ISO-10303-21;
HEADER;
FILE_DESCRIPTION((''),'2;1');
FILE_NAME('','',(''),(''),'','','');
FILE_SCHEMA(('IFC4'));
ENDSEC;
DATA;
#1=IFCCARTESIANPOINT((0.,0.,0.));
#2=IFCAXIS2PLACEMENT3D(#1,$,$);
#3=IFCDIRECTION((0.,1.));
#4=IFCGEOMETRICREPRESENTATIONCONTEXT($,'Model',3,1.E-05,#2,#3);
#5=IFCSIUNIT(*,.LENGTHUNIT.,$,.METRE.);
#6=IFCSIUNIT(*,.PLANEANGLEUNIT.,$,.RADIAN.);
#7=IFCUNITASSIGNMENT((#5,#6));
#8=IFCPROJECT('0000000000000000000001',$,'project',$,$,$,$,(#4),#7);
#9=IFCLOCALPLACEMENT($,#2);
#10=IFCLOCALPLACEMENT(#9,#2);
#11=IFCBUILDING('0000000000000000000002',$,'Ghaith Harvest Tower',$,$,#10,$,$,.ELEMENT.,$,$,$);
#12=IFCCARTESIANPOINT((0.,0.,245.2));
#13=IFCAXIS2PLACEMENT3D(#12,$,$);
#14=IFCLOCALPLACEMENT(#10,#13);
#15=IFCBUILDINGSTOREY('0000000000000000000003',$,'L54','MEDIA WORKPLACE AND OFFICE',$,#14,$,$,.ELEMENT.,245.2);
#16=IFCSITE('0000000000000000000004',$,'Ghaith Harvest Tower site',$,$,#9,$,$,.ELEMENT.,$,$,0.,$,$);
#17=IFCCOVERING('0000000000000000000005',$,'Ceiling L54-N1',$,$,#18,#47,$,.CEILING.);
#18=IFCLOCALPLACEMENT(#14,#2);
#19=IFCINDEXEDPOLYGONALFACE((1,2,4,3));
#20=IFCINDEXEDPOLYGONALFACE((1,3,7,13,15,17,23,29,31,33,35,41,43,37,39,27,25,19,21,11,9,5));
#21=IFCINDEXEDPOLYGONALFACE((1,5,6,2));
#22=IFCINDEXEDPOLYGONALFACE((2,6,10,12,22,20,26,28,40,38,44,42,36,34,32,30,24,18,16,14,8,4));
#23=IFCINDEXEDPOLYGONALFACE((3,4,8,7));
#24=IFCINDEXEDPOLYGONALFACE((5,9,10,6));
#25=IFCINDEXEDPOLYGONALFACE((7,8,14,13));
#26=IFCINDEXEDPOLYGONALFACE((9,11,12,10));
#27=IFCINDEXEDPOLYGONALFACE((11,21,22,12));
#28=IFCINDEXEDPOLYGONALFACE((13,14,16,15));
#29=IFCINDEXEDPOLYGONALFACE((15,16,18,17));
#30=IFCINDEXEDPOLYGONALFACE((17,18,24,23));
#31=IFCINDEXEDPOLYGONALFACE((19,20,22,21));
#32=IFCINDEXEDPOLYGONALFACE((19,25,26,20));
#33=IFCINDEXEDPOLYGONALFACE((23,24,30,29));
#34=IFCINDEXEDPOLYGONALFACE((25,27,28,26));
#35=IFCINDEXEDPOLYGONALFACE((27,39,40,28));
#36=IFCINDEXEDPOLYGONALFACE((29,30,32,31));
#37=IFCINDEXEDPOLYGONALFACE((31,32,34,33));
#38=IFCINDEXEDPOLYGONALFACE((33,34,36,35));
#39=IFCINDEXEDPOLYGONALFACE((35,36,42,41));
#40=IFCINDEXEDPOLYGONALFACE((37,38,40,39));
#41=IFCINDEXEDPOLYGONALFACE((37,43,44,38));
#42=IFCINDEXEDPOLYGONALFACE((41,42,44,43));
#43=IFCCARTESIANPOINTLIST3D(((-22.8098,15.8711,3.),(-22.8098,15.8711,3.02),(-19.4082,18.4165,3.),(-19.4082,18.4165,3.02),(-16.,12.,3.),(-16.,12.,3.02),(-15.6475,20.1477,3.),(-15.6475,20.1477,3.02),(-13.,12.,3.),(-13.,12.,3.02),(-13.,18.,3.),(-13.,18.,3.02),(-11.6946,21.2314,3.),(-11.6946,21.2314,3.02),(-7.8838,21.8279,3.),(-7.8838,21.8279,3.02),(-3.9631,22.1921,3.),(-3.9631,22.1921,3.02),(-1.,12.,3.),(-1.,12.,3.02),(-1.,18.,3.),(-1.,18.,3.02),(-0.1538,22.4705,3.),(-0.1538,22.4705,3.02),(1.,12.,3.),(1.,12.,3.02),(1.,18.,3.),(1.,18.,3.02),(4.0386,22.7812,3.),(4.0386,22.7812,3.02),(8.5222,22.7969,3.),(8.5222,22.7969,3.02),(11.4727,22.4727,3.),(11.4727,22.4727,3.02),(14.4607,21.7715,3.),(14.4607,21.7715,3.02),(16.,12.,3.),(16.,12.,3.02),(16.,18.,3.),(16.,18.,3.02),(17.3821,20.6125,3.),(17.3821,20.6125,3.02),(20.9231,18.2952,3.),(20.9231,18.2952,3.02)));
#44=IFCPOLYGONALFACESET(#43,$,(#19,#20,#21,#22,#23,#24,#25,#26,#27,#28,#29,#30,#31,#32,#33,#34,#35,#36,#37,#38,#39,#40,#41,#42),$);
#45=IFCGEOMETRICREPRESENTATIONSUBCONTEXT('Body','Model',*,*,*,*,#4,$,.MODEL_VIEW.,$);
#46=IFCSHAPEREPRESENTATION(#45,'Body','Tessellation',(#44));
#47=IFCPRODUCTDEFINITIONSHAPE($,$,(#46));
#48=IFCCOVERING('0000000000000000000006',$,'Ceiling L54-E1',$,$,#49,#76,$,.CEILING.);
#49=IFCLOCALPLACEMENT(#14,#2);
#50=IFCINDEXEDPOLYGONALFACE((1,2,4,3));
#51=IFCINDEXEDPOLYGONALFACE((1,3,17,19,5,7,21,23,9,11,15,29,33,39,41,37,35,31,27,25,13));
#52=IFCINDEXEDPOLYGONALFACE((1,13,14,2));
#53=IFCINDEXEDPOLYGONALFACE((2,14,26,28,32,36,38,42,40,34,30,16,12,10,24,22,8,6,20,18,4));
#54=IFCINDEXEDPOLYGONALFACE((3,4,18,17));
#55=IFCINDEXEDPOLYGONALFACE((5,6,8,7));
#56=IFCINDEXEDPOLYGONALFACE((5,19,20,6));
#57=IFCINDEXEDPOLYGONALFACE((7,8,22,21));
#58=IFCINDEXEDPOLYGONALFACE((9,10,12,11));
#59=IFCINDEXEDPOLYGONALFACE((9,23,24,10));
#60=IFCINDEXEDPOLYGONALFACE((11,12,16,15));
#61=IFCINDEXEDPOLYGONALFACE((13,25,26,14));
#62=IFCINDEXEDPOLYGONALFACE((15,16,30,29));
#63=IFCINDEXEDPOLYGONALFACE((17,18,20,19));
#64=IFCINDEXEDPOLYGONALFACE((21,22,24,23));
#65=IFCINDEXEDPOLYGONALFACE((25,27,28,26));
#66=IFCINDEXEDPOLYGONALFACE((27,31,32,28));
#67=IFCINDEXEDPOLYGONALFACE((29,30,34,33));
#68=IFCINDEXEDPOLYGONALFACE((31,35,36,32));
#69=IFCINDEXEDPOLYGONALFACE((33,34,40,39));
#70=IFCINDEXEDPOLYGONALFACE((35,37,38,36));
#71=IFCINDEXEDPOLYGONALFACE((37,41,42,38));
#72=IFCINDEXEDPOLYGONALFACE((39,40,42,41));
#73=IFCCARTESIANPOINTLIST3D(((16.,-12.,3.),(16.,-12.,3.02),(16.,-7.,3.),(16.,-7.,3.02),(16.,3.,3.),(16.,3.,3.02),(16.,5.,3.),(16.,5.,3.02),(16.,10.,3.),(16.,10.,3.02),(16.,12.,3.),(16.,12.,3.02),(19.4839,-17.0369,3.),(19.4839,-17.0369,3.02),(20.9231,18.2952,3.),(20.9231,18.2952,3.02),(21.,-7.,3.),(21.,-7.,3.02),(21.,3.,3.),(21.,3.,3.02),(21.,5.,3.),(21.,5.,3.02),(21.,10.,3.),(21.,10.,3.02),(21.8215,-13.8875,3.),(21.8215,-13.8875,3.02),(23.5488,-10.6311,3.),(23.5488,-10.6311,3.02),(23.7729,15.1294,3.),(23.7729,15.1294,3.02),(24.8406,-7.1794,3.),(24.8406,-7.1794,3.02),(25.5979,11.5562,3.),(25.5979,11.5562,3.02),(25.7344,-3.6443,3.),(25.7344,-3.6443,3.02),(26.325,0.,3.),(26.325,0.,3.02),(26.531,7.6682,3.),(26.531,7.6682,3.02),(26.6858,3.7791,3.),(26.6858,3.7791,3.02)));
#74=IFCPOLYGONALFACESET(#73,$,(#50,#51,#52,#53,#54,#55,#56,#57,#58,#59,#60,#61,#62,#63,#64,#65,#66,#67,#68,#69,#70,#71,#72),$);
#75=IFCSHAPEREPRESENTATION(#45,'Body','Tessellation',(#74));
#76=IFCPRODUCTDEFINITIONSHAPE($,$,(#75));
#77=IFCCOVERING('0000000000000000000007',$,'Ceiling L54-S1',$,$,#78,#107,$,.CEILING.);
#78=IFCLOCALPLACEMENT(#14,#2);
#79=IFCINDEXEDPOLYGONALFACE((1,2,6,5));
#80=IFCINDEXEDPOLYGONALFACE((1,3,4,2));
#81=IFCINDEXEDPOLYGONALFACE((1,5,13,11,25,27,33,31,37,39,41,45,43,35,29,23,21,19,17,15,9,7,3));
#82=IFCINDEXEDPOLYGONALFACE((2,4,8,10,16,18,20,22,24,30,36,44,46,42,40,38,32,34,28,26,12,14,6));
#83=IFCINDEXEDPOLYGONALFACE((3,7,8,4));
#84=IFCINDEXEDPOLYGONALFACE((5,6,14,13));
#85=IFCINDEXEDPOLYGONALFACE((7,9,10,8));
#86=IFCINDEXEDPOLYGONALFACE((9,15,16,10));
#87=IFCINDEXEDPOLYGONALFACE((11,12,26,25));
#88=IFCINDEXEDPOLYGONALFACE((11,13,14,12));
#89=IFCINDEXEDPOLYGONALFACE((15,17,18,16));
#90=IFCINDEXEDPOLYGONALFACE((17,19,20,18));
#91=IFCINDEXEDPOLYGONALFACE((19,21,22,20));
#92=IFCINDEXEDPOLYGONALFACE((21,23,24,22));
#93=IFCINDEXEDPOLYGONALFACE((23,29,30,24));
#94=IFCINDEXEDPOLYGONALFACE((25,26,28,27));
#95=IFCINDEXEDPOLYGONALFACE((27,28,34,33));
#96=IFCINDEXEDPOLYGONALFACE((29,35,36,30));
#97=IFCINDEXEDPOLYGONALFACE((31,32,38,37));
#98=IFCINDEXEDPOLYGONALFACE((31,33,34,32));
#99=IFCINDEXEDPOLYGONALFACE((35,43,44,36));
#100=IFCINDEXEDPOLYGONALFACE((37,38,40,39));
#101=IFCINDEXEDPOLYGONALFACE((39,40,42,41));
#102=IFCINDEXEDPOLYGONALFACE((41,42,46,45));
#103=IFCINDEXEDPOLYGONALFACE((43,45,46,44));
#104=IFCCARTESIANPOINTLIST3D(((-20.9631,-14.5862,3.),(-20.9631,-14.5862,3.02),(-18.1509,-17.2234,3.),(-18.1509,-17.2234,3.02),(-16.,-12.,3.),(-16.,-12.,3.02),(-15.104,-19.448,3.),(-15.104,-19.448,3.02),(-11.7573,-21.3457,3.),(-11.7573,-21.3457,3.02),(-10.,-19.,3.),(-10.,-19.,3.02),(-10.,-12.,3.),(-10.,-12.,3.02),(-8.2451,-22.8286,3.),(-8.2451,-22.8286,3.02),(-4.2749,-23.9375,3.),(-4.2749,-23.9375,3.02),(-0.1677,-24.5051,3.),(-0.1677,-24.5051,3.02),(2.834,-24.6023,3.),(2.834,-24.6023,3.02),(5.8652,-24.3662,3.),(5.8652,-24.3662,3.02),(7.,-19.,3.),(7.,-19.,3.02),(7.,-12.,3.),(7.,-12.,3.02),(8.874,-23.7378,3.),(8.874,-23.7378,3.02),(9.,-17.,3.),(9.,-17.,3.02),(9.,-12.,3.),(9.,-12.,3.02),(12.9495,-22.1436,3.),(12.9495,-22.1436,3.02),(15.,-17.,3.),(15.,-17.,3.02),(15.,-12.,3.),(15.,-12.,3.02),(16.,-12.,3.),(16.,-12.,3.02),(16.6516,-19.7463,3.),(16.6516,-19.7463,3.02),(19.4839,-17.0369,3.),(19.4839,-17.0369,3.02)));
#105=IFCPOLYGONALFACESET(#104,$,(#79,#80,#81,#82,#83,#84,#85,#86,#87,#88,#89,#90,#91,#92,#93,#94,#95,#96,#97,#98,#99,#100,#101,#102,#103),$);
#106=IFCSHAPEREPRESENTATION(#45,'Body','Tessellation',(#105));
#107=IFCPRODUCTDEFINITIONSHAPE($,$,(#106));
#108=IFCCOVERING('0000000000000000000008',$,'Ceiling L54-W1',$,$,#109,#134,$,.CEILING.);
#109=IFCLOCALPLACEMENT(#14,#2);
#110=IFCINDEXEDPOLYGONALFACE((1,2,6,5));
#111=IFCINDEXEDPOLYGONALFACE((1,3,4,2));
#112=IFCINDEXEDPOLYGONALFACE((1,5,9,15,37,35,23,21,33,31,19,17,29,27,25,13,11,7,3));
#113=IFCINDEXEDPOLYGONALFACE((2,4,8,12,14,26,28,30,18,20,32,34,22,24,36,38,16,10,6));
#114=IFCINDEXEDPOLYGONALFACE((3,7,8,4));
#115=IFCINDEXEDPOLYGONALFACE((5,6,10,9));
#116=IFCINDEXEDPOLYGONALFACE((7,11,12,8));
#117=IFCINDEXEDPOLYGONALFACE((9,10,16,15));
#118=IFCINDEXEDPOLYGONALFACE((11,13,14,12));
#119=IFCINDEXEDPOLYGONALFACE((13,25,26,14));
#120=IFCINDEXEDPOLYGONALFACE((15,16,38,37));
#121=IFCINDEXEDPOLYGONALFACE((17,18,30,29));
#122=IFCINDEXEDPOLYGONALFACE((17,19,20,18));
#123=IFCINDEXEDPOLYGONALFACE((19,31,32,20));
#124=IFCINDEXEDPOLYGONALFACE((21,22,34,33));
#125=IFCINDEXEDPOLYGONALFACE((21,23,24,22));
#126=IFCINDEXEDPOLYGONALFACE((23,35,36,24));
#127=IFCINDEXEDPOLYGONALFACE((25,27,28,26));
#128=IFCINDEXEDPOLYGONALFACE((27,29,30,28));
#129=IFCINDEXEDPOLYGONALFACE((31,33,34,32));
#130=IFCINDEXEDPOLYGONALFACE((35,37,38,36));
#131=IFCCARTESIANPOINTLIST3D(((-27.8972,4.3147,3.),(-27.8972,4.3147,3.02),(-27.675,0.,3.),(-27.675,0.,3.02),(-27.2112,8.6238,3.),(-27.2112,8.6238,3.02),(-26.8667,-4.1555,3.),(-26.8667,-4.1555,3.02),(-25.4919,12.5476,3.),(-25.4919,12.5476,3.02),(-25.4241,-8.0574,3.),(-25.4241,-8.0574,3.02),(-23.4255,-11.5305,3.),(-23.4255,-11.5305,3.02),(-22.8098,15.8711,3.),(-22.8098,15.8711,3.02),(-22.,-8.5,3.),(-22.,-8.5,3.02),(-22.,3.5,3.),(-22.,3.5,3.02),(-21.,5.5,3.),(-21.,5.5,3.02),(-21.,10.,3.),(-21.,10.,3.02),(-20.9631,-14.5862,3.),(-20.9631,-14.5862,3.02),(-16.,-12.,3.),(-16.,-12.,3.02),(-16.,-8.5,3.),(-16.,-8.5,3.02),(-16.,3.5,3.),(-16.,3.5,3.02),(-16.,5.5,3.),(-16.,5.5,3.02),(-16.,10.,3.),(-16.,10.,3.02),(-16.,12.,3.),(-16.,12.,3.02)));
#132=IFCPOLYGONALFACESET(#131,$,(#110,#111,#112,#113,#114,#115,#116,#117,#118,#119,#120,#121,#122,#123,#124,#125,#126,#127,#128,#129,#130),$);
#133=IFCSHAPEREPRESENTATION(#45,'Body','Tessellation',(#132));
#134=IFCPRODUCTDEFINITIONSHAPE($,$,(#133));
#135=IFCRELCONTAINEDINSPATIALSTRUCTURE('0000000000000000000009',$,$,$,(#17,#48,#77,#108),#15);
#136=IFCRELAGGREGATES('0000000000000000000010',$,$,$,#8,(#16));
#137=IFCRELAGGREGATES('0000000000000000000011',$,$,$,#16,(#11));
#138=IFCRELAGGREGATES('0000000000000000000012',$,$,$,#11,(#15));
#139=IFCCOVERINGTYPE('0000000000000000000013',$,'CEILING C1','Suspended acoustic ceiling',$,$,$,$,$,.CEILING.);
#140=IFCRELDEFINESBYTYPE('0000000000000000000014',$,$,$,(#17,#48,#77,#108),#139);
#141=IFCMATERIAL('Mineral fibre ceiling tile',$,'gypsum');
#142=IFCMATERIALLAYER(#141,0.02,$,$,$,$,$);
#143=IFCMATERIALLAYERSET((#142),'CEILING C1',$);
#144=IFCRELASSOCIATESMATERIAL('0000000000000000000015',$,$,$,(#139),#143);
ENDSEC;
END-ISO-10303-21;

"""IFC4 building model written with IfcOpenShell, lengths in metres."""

from ifc_helpers import new_model, si_unit, direction, frame, origin, place, context, subcontext, project, spatial, polyline, outline, extrude, material, layer, layer_set, type_object, element, save


model = new_model("IFC4")

# Units and contexts
model_context = context("Model", 3, precision=1e-05, world=origin(), true_north=direction((0.0, 1.0)))
body_context = subcontext(model_context, "Body", "Model", "MODEL_VIEW")
ifc_project = project(units=[si_unit("LENGTHUNIT", "METRE"), si_unit("PLANEANGLEUNIT", "RADIAN")], contexts=[model_context])

# Site, building, storey
site_placement = place(None, origin())
site = spatial("IfcSite", under=ifc_project, at=site_placement, Name="Ghaith Harvest Tower site", CompositionType="ELEMENT", RefElevation=0.0)
building_placement = place(site_placement, origin())
building = spatial("IfcBuilding", under=site, at=building_placement, Name="Ghaith Harvest Tower", CompositionType="ELEMENT")
storey_placement = place(building_placement, frame((0.0, 0.0, 245.2)))
storey = spatial("IfcBuildingStorey", under=building, at=storey_placement, Name="L54", Description="MEDIA WORKPLACE AND OFFICE", CompositionType="ELEMENT", Elevation=245.2)

# Coverings
ifc_material_1 = material(Name="Mineral fibre ceiling tile", Category="gypsum")
ifc_layer_1 = layer(ifc_material_1, 0.02)
ifc_layer_set_1 = layer_set([ifc_layer_1], Name="CEILING C1")
covering_type = type_object("IfcCoveringType", Name="CEILING C1", Description="Suspended acoustic ceiling", PredefinedType="CEILING", material=ifc_layer_set_1)
covering_1_placement = place(storey_placement, frame((0.0, 0.0, 3.0)))
element("IfcCovering", 1, at=covering_1_placement, inside=storey, type_object=covering_type, Name="Ceiling L54-N1", PredefinedType="CEILING", context=body_context, shape_type="SweptSolid", body=[
    extrude(outline(polyline([(-19.4082, 18.4165), (-15.6475, 20.1477), (-11.6946, 21.2314), (-7.8838, 21.8279), (-3.9631, 22.1921), (-0.1538, 22.4705), (4.0386, 22.7812), (8.5222, 22.7969), (11.4727, 22.4727), (14.4607, 21.7715), (17.3821, 20.6125), (20.9231, 18.2952), (16.0, 12.0), (16.0, 18.0), (1.0, 18.0), (1.0, 12.0), (-1.0, 12.0), (-1.0, 18.0), (-13.0, 18.0), (-13.0, 12.0), (-16.0, 12.0), (-22.8098, 15.8711), (-19.4082, 18.4165)])), origin(), (0.0, 0.0, 1.0), 0.02),
])
covering_2_placement = place(storey_placement, frame((0.0, 0.0, 3.0)))
element("IfcCovering", 2, at=covering_2_placement, inside=storey, type_object=covering_type, Name="Ceiling L54-E1", PredefinedType="CEILING", context=body_context, shape_type="SweptSolid", body=[
    extrude(outline(polyline([(23.7729, 15.1294), (25.5979, 11.5562), (26.531, 7.6682), (26.6858, 3.7791), (26.325, 0.0), (25.7344, -3.6443), (24.8406, -7.1794), (23.5488, -10.6311), (21.8215, -13.8875), (19.4839, -17.0369), (16.0, -12.0), (16.0, -7.0), (21.0, -7.0), (21.0, 3.0), (16.0, 3.0), (16.0, 5.0), (21.0, 5.0), (21.0, 10.0), (16.0, 10.0), (16.0, 12.0), (20.9231, 18.2952), (23.7729, 15.1294)])), origin(), (0.0, 0.0, 1.0), 0.02),
])
covering_3_placement = place(storey_placement, frame((0.0, 0.0, 3.0)))
element("IfcCovering", 3, at=covering_3_placement, inside=storey, type_object=covering_type, Name="Ceiling L54-S1", PredefinedType="CEILING", context=body_context, shape_type="SweptSolid", body=[
    extrude(outline(polyline([(16.6516, -19.7463), (12.9495, -22.1436), (8.874, -23.7378), (5.8652, -24.3662), (2.834, -24.6023), (-0.1677, -24.5051), (-4.2749, -23.9375), (-8.2451, -22.8286), (-11.7573, -21.3457), (-15.104, -19.448), (-18.1509, -17.2234), (-20.9631, -14.5862), (-16.0, -12.0), (-10.0, -12.0), (-10.0, -19.0), (7.0, -19.0), (7.0, -12.0), (9.0, -12.0), (9.0, -17.0), (15.0, -17.0), (15.0, -12.0), (16.0, -12.0), (19.4839, -17.0369), (16.6516, -19.7463)])), origin(), (0.0, 0.0, 1.0), 0.02),
])
covering_4_placement = place(storey_placement, frame((0.0, 0.0, 3.0)))
element("IfcCovering", 4, at=covering_4_placement, inside=storey, type_object=covering_type, Name="Ceiling L54-W1", PredefinedType="CEILING", context=body_context, shape_type="SweptSolid", body=[
    extrude(outline(polyline([(-23.4255, -11.5305), (-25.4241, -8.0574), (-26.8667, -4.1555), (-27.675, 0.0), (-27.8972, 4.3147), (-27.2112, 8.6238), (-25.4919, 12.5476), (-22.8098, 15.8711), (-16.0, 12.0), (-16.0, 10.0), (-21.0, 10.0), (-21.0, 5.5), (-16.0, 5.5), (-16.0, 3.5), (-22.0, 3.5), (-22.0, -8.5), (-16.0, -8.5), (-16.0, -12.0), (-20.9631, -14.5862), (-23.4255, -11.5305)])), origin(), (0.0, 0.0, 1.0), 0.02),
])

save(model, "model.ifc")
